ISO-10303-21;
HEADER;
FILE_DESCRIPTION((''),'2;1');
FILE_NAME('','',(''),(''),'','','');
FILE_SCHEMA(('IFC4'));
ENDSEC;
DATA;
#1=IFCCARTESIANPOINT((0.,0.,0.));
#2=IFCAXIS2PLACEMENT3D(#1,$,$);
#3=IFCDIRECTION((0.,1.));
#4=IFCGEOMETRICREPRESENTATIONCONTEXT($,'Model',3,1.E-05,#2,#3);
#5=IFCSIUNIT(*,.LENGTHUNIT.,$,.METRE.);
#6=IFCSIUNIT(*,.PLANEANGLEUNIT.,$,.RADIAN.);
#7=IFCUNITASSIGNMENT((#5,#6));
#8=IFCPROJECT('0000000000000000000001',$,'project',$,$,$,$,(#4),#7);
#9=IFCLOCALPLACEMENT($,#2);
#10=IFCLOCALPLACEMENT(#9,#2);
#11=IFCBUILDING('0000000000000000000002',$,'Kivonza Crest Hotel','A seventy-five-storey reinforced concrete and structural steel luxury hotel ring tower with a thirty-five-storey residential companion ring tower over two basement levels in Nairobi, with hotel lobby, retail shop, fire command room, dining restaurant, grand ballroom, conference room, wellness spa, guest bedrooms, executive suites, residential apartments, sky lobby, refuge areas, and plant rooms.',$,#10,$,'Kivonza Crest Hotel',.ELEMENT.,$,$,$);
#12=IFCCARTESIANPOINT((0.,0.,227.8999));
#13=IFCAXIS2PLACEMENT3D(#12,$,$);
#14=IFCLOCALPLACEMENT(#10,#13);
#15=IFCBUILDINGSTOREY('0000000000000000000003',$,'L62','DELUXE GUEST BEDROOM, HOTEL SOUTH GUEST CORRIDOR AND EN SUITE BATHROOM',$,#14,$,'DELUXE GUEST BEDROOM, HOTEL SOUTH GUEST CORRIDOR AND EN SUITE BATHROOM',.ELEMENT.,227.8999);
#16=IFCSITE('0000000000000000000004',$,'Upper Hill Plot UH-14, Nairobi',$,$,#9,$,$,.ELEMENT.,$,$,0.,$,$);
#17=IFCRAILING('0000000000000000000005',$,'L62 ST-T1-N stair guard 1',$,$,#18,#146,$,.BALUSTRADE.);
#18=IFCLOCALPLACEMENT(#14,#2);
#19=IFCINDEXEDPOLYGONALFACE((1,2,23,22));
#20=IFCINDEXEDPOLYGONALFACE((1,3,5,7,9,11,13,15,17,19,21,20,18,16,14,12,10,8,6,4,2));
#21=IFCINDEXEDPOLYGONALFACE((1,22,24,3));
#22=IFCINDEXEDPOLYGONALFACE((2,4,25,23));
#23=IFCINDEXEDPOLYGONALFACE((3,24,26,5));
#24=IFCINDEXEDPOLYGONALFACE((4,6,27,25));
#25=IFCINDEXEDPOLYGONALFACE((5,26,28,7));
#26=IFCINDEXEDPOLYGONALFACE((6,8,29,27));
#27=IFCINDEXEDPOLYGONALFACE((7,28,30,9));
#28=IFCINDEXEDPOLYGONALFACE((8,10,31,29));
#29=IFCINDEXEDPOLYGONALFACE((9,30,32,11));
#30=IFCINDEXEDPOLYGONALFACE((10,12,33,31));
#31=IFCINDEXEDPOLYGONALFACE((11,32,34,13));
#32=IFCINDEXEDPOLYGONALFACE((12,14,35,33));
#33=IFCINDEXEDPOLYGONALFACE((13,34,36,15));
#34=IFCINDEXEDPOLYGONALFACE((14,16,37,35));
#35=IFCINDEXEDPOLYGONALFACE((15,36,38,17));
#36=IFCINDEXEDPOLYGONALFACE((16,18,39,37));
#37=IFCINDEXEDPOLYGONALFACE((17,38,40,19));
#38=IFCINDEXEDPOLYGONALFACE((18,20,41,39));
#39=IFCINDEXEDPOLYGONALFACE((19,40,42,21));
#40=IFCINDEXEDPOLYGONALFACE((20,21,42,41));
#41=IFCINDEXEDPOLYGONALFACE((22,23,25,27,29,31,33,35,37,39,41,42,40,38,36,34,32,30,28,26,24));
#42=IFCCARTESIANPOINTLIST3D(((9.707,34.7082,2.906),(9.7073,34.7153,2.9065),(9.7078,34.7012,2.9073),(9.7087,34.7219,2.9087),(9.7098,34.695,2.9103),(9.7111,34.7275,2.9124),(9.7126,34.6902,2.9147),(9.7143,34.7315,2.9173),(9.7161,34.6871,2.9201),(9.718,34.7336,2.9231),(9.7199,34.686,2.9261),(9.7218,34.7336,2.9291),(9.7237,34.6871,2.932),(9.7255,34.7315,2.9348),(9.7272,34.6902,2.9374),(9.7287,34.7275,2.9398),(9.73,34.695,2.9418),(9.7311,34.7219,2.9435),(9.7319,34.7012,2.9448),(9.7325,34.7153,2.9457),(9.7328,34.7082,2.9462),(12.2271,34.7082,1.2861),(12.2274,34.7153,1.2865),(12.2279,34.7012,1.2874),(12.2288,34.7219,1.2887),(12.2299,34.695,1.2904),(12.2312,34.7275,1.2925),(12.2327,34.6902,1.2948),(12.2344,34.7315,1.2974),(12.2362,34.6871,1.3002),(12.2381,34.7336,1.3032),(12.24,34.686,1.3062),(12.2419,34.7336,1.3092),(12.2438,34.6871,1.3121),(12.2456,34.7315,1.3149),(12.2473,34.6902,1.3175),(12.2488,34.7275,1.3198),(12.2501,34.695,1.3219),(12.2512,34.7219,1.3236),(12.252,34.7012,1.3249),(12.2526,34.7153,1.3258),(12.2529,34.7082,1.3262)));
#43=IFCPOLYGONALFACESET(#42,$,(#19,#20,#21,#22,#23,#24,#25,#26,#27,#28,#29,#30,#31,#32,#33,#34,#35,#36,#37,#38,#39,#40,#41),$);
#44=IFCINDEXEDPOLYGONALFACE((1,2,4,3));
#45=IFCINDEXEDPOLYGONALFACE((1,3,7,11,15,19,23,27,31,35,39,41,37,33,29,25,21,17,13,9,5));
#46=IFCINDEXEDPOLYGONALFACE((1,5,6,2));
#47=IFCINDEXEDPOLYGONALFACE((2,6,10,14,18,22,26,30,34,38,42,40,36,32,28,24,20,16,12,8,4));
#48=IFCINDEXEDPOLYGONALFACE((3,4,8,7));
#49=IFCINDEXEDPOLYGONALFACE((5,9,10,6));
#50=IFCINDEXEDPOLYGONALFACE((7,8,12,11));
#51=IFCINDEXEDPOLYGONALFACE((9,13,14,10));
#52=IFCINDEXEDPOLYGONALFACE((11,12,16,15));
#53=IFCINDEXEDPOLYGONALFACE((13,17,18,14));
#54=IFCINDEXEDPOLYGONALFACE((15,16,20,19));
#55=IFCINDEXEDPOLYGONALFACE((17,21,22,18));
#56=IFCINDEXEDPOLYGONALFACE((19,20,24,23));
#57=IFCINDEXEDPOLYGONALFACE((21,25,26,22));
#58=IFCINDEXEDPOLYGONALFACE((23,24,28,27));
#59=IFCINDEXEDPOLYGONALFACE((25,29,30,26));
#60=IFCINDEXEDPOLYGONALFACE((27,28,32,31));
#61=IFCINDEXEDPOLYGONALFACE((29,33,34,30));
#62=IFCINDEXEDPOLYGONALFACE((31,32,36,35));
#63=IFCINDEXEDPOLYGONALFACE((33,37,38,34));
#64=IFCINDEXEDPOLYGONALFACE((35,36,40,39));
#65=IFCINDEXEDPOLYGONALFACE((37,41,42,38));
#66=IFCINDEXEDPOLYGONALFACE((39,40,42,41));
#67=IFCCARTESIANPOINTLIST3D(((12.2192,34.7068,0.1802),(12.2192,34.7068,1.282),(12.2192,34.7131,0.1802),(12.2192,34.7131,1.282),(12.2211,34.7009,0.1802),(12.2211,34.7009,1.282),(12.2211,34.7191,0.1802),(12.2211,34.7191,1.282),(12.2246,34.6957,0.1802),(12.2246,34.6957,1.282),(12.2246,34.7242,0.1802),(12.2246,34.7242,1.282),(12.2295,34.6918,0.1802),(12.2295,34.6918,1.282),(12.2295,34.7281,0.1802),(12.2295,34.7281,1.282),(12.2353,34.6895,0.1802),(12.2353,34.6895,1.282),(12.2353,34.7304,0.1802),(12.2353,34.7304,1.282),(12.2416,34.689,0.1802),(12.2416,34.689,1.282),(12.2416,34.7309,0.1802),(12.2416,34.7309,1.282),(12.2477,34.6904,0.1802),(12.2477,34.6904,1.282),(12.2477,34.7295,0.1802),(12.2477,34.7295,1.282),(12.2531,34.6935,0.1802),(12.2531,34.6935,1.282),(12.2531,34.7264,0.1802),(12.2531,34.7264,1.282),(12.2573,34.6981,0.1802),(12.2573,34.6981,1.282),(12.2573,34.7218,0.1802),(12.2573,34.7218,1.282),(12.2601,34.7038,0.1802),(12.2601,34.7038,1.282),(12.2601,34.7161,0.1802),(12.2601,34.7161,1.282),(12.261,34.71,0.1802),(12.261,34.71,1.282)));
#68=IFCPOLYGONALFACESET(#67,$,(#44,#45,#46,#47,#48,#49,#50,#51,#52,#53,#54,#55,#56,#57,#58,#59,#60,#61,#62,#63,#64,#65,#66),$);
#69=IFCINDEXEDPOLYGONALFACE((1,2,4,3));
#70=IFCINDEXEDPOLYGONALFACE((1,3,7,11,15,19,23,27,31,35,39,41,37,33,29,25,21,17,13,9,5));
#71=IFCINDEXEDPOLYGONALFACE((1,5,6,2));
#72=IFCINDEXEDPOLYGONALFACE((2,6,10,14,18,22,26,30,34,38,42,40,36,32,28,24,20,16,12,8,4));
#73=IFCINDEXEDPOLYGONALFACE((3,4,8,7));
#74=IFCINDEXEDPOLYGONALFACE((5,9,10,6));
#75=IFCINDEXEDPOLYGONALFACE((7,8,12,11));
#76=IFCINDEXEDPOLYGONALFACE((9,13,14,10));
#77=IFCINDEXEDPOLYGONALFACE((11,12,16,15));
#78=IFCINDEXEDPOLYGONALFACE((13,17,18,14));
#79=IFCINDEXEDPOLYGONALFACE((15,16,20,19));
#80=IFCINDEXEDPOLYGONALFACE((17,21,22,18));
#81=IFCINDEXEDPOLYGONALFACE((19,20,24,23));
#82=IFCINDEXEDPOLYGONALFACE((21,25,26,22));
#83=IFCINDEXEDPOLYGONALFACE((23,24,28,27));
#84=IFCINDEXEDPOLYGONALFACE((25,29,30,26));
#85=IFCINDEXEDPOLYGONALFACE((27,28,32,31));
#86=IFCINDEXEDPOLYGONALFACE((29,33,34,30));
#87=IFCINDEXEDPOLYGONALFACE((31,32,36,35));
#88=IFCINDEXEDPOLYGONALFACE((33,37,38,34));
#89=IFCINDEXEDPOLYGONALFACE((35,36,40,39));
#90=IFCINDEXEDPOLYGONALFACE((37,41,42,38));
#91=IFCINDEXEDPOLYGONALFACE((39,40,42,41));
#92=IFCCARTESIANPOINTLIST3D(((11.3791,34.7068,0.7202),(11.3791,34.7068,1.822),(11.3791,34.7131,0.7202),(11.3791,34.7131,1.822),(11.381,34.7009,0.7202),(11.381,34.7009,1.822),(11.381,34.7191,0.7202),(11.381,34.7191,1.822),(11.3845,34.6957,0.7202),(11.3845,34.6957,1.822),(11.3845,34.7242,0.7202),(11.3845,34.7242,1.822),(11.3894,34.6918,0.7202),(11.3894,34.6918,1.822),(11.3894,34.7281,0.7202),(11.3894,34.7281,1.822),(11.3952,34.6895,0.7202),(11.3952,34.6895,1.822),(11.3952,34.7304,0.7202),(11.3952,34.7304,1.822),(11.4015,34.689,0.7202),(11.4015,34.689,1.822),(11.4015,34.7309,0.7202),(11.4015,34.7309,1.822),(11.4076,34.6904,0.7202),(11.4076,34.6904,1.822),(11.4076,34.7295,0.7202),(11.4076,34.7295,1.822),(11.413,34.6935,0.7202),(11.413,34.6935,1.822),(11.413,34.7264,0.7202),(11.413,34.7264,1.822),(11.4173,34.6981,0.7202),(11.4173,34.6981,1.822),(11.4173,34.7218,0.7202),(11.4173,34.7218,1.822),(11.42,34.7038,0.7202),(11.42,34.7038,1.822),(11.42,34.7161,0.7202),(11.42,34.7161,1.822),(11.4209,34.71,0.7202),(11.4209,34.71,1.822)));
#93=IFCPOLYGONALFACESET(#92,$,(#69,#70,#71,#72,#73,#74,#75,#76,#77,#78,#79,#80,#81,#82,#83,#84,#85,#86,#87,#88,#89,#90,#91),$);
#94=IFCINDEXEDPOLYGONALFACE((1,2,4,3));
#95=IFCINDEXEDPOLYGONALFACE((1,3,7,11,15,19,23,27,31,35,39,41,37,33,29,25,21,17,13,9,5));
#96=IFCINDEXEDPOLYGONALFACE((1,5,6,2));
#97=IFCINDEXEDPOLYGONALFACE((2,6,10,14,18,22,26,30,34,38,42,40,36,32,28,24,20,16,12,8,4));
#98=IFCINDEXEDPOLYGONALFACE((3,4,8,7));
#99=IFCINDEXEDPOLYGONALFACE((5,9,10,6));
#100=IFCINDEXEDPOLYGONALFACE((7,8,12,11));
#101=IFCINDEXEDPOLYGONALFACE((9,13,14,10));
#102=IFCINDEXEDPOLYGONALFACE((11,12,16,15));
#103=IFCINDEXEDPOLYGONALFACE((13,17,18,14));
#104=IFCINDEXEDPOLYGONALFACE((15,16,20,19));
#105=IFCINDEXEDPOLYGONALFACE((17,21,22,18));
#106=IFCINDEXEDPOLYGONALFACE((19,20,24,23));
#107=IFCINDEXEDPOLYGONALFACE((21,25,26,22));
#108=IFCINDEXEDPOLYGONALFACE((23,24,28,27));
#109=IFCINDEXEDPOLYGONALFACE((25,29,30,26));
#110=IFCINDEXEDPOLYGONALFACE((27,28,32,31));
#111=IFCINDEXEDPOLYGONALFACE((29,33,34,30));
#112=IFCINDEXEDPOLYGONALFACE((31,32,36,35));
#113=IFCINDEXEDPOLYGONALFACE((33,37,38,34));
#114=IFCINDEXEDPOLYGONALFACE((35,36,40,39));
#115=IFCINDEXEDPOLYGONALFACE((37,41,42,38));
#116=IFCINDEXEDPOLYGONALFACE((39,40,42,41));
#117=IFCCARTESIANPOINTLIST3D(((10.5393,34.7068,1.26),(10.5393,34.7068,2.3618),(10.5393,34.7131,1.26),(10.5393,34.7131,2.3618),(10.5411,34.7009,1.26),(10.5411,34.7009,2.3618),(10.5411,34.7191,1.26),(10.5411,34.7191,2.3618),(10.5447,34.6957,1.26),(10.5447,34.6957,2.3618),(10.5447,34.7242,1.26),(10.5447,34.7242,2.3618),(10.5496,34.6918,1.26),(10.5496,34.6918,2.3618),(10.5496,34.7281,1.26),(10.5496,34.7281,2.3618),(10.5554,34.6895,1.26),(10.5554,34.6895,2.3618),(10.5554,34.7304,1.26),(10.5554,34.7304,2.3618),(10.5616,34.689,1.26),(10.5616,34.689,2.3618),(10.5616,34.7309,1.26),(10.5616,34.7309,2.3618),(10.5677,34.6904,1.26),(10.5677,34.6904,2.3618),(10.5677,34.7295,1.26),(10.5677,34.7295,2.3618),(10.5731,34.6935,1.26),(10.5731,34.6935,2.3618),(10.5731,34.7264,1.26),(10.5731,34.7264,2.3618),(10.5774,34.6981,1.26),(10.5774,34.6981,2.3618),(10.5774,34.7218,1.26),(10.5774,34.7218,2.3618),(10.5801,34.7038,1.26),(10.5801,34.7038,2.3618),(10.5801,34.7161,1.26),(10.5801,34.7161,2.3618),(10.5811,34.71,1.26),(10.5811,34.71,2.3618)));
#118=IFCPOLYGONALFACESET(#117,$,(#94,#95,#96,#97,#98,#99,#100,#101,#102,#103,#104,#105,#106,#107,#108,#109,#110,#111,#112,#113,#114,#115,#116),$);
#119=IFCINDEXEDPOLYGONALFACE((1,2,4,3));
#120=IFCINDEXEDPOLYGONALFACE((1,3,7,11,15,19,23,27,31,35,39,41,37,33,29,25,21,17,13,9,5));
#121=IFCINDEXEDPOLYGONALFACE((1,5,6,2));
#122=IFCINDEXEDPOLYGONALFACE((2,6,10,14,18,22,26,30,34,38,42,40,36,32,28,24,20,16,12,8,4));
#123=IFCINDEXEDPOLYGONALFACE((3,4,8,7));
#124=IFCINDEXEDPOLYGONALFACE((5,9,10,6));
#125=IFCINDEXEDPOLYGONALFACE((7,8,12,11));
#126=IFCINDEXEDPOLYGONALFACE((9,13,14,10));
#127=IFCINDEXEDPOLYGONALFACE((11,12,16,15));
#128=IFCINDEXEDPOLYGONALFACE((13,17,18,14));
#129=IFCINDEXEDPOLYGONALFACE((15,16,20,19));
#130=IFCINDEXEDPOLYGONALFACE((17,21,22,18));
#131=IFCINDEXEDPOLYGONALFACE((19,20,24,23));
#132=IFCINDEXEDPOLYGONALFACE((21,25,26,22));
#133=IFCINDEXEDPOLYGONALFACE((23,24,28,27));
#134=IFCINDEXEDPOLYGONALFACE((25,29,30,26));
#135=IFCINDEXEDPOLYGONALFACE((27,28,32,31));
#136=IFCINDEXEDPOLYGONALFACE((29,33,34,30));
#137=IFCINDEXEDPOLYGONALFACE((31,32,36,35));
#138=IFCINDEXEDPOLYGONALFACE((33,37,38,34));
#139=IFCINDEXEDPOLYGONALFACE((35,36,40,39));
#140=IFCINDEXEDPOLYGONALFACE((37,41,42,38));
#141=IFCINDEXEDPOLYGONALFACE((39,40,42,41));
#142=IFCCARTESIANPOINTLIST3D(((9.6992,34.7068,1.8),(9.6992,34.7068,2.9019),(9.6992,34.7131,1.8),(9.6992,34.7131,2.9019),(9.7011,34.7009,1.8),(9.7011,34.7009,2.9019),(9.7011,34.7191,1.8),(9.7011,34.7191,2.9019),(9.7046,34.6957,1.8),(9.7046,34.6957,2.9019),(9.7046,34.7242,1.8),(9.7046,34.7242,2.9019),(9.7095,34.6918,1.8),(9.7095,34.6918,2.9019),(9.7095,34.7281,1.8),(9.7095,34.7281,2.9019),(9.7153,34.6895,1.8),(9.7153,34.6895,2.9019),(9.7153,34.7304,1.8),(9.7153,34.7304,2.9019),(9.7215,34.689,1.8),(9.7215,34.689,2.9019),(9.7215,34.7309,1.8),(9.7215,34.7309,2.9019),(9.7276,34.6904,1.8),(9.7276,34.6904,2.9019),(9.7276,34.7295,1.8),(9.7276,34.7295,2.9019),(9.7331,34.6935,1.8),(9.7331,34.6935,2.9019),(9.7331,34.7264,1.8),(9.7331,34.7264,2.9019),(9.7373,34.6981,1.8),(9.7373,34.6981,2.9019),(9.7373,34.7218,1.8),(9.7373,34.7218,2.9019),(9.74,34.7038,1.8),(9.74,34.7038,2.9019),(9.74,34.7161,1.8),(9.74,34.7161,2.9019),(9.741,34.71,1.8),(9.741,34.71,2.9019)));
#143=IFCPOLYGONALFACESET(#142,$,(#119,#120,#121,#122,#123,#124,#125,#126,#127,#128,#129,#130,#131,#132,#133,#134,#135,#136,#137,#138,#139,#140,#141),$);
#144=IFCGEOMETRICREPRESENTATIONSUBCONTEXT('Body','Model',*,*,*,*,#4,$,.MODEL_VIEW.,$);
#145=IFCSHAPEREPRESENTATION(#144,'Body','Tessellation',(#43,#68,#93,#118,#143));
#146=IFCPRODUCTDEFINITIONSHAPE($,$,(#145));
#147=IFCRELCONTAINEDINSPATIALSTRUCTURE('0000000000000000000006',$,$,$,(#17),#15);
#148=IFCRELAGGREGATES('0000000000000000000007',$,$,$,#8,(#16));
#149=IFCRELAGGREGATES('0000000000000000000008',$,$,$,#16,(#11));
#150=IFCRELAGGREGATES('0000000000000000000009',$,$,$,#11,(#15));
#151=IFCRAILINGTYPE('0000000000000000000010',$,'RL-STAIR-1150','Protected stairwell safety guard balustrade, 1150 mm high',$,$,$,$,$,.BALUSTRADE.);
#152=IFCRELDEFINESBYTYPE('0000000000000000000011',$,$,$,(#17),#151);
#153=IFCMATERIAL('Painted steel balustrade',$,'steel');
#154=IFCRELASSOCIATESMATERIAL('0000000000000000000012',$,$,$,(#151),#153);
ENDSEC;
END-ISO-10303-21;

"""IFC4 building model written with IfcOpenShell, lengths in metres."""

from ifc_helpers import new_model, si_unit, direction, frame, origin, origin_2d, place, context, subcontext, project, spatial, circle, extrude, material, type_object, element, save


model = new_model("IFC4")

# Units and contexts
model_context = context("Model", 3, precision=1e-05, world=origin(), true_north=direction((0.0, 1.0)))
body_context = subcontext(model_context, "Body", "Model", "MODEL_VIEW")
ifc_project = project(units=[si_unit("LENGTHUNIT", "METRE"), si_unit("PLANEANGLEUNIT", "RADIAN")], contexts=[model_context])

# Site, building, storey
site_placement = place(None, origin())
site = spatial("IfcSite", under=ifc_project, at=site_placement, Name="Upper Hill Plot UH-14, Nairobi", CompositionType="ELEMENT", RefElevation=0.0)
building_placement = place(site_placement, origin())
building = spatial("IfcBuilding", under=site, at=building_placement, Name="Kivonza Crest Hotel", Description="A seventy-five-storey reinforced concrete and structural steel luxury hotel ring tower with a thirty-five-storey residential companion ring tower over two basement levels in Nairobi, with hotel lobby, retail shop, fire command room, dining restaurant, grand ballroom, conference room, wellness spa, guest bedrooms, executive suites, residential apartments, sky lobby, refuge areas, and plant rooms.", LongName="Kivonza Crest Hotel", CompositionType="ELEMENT")
storey_placement = place(building_placement, frame((0.0, 0.0, 227.8999)))
storey = spatial("IfcBuildingStorey", under=building, at=storey_placement, Name="L62", Description="DELUXE GUEST BEDROOM, HOTEL SOUTH GUEST CORRIDOR AND EN SUITE BATHROOM", LongName="DELUXE GUEST BEDROOM, HOTEL SOUTH GUEST CORRIDOR AND EN SUITE BATHROOM", CompositionType="ELEMENT", Elevation=227.8999)

# Railing
ifc_material_1 = material(Name="Painted steel balustrade", Category="steel")
railing_type_1 = type_object("IfcRailingType", Name="RL-STAIR-1150", Description="Protected stairwell safety guard balustrade, 1150 mm high", PredefinedType="BALUSTRADE", material=ifc_material_1)
railing_1_placement = place(storey_placement, frame((12.24, 34.71, 0.1802)))
element("IfcRailing", 1, at=railing_1_placement, inside=storey, type_object=railing_type_1, Name="L62 ST-T1-N stair guard 1", PredefinedType="BALUSTRADE", context=body_context, shape_type="SweptSolid", body=[
    extrude(circle(Radius=0.0239, at=origin_2d()), frame((0.0, 0.0, 1.126), z_axis=(-0.8412, 0.0, 0.540725), x_axis=(0.0, -1.0, 0.0)), (0.0, 0.0, 1.0), 2.9958),
    extrude(circle(Radius=0.021, at=origin_2d()), origin(), (0.0, 0.0, 1.0), 1.1018),
    extrude(circle(Radius=0.021, at=origin_2d()), frame((-0.8401, 0.0, 0.54)), (0.0, 0.0, 1.0), 1.1018),
    extrude(circle(Radius=0.021, at=origin_2d()), frame((-1.6799, 0.0, 1.0798)), (0.0, 0.0, 1.0), 1.1018),
    extrude(circle(Radius=0.021, at=origin_2d()), frame((-2.52, 0.0, 1.6199)), (0.0, 0.0, 1.0), 1.1018),
])

save(model, "model.ifc")
